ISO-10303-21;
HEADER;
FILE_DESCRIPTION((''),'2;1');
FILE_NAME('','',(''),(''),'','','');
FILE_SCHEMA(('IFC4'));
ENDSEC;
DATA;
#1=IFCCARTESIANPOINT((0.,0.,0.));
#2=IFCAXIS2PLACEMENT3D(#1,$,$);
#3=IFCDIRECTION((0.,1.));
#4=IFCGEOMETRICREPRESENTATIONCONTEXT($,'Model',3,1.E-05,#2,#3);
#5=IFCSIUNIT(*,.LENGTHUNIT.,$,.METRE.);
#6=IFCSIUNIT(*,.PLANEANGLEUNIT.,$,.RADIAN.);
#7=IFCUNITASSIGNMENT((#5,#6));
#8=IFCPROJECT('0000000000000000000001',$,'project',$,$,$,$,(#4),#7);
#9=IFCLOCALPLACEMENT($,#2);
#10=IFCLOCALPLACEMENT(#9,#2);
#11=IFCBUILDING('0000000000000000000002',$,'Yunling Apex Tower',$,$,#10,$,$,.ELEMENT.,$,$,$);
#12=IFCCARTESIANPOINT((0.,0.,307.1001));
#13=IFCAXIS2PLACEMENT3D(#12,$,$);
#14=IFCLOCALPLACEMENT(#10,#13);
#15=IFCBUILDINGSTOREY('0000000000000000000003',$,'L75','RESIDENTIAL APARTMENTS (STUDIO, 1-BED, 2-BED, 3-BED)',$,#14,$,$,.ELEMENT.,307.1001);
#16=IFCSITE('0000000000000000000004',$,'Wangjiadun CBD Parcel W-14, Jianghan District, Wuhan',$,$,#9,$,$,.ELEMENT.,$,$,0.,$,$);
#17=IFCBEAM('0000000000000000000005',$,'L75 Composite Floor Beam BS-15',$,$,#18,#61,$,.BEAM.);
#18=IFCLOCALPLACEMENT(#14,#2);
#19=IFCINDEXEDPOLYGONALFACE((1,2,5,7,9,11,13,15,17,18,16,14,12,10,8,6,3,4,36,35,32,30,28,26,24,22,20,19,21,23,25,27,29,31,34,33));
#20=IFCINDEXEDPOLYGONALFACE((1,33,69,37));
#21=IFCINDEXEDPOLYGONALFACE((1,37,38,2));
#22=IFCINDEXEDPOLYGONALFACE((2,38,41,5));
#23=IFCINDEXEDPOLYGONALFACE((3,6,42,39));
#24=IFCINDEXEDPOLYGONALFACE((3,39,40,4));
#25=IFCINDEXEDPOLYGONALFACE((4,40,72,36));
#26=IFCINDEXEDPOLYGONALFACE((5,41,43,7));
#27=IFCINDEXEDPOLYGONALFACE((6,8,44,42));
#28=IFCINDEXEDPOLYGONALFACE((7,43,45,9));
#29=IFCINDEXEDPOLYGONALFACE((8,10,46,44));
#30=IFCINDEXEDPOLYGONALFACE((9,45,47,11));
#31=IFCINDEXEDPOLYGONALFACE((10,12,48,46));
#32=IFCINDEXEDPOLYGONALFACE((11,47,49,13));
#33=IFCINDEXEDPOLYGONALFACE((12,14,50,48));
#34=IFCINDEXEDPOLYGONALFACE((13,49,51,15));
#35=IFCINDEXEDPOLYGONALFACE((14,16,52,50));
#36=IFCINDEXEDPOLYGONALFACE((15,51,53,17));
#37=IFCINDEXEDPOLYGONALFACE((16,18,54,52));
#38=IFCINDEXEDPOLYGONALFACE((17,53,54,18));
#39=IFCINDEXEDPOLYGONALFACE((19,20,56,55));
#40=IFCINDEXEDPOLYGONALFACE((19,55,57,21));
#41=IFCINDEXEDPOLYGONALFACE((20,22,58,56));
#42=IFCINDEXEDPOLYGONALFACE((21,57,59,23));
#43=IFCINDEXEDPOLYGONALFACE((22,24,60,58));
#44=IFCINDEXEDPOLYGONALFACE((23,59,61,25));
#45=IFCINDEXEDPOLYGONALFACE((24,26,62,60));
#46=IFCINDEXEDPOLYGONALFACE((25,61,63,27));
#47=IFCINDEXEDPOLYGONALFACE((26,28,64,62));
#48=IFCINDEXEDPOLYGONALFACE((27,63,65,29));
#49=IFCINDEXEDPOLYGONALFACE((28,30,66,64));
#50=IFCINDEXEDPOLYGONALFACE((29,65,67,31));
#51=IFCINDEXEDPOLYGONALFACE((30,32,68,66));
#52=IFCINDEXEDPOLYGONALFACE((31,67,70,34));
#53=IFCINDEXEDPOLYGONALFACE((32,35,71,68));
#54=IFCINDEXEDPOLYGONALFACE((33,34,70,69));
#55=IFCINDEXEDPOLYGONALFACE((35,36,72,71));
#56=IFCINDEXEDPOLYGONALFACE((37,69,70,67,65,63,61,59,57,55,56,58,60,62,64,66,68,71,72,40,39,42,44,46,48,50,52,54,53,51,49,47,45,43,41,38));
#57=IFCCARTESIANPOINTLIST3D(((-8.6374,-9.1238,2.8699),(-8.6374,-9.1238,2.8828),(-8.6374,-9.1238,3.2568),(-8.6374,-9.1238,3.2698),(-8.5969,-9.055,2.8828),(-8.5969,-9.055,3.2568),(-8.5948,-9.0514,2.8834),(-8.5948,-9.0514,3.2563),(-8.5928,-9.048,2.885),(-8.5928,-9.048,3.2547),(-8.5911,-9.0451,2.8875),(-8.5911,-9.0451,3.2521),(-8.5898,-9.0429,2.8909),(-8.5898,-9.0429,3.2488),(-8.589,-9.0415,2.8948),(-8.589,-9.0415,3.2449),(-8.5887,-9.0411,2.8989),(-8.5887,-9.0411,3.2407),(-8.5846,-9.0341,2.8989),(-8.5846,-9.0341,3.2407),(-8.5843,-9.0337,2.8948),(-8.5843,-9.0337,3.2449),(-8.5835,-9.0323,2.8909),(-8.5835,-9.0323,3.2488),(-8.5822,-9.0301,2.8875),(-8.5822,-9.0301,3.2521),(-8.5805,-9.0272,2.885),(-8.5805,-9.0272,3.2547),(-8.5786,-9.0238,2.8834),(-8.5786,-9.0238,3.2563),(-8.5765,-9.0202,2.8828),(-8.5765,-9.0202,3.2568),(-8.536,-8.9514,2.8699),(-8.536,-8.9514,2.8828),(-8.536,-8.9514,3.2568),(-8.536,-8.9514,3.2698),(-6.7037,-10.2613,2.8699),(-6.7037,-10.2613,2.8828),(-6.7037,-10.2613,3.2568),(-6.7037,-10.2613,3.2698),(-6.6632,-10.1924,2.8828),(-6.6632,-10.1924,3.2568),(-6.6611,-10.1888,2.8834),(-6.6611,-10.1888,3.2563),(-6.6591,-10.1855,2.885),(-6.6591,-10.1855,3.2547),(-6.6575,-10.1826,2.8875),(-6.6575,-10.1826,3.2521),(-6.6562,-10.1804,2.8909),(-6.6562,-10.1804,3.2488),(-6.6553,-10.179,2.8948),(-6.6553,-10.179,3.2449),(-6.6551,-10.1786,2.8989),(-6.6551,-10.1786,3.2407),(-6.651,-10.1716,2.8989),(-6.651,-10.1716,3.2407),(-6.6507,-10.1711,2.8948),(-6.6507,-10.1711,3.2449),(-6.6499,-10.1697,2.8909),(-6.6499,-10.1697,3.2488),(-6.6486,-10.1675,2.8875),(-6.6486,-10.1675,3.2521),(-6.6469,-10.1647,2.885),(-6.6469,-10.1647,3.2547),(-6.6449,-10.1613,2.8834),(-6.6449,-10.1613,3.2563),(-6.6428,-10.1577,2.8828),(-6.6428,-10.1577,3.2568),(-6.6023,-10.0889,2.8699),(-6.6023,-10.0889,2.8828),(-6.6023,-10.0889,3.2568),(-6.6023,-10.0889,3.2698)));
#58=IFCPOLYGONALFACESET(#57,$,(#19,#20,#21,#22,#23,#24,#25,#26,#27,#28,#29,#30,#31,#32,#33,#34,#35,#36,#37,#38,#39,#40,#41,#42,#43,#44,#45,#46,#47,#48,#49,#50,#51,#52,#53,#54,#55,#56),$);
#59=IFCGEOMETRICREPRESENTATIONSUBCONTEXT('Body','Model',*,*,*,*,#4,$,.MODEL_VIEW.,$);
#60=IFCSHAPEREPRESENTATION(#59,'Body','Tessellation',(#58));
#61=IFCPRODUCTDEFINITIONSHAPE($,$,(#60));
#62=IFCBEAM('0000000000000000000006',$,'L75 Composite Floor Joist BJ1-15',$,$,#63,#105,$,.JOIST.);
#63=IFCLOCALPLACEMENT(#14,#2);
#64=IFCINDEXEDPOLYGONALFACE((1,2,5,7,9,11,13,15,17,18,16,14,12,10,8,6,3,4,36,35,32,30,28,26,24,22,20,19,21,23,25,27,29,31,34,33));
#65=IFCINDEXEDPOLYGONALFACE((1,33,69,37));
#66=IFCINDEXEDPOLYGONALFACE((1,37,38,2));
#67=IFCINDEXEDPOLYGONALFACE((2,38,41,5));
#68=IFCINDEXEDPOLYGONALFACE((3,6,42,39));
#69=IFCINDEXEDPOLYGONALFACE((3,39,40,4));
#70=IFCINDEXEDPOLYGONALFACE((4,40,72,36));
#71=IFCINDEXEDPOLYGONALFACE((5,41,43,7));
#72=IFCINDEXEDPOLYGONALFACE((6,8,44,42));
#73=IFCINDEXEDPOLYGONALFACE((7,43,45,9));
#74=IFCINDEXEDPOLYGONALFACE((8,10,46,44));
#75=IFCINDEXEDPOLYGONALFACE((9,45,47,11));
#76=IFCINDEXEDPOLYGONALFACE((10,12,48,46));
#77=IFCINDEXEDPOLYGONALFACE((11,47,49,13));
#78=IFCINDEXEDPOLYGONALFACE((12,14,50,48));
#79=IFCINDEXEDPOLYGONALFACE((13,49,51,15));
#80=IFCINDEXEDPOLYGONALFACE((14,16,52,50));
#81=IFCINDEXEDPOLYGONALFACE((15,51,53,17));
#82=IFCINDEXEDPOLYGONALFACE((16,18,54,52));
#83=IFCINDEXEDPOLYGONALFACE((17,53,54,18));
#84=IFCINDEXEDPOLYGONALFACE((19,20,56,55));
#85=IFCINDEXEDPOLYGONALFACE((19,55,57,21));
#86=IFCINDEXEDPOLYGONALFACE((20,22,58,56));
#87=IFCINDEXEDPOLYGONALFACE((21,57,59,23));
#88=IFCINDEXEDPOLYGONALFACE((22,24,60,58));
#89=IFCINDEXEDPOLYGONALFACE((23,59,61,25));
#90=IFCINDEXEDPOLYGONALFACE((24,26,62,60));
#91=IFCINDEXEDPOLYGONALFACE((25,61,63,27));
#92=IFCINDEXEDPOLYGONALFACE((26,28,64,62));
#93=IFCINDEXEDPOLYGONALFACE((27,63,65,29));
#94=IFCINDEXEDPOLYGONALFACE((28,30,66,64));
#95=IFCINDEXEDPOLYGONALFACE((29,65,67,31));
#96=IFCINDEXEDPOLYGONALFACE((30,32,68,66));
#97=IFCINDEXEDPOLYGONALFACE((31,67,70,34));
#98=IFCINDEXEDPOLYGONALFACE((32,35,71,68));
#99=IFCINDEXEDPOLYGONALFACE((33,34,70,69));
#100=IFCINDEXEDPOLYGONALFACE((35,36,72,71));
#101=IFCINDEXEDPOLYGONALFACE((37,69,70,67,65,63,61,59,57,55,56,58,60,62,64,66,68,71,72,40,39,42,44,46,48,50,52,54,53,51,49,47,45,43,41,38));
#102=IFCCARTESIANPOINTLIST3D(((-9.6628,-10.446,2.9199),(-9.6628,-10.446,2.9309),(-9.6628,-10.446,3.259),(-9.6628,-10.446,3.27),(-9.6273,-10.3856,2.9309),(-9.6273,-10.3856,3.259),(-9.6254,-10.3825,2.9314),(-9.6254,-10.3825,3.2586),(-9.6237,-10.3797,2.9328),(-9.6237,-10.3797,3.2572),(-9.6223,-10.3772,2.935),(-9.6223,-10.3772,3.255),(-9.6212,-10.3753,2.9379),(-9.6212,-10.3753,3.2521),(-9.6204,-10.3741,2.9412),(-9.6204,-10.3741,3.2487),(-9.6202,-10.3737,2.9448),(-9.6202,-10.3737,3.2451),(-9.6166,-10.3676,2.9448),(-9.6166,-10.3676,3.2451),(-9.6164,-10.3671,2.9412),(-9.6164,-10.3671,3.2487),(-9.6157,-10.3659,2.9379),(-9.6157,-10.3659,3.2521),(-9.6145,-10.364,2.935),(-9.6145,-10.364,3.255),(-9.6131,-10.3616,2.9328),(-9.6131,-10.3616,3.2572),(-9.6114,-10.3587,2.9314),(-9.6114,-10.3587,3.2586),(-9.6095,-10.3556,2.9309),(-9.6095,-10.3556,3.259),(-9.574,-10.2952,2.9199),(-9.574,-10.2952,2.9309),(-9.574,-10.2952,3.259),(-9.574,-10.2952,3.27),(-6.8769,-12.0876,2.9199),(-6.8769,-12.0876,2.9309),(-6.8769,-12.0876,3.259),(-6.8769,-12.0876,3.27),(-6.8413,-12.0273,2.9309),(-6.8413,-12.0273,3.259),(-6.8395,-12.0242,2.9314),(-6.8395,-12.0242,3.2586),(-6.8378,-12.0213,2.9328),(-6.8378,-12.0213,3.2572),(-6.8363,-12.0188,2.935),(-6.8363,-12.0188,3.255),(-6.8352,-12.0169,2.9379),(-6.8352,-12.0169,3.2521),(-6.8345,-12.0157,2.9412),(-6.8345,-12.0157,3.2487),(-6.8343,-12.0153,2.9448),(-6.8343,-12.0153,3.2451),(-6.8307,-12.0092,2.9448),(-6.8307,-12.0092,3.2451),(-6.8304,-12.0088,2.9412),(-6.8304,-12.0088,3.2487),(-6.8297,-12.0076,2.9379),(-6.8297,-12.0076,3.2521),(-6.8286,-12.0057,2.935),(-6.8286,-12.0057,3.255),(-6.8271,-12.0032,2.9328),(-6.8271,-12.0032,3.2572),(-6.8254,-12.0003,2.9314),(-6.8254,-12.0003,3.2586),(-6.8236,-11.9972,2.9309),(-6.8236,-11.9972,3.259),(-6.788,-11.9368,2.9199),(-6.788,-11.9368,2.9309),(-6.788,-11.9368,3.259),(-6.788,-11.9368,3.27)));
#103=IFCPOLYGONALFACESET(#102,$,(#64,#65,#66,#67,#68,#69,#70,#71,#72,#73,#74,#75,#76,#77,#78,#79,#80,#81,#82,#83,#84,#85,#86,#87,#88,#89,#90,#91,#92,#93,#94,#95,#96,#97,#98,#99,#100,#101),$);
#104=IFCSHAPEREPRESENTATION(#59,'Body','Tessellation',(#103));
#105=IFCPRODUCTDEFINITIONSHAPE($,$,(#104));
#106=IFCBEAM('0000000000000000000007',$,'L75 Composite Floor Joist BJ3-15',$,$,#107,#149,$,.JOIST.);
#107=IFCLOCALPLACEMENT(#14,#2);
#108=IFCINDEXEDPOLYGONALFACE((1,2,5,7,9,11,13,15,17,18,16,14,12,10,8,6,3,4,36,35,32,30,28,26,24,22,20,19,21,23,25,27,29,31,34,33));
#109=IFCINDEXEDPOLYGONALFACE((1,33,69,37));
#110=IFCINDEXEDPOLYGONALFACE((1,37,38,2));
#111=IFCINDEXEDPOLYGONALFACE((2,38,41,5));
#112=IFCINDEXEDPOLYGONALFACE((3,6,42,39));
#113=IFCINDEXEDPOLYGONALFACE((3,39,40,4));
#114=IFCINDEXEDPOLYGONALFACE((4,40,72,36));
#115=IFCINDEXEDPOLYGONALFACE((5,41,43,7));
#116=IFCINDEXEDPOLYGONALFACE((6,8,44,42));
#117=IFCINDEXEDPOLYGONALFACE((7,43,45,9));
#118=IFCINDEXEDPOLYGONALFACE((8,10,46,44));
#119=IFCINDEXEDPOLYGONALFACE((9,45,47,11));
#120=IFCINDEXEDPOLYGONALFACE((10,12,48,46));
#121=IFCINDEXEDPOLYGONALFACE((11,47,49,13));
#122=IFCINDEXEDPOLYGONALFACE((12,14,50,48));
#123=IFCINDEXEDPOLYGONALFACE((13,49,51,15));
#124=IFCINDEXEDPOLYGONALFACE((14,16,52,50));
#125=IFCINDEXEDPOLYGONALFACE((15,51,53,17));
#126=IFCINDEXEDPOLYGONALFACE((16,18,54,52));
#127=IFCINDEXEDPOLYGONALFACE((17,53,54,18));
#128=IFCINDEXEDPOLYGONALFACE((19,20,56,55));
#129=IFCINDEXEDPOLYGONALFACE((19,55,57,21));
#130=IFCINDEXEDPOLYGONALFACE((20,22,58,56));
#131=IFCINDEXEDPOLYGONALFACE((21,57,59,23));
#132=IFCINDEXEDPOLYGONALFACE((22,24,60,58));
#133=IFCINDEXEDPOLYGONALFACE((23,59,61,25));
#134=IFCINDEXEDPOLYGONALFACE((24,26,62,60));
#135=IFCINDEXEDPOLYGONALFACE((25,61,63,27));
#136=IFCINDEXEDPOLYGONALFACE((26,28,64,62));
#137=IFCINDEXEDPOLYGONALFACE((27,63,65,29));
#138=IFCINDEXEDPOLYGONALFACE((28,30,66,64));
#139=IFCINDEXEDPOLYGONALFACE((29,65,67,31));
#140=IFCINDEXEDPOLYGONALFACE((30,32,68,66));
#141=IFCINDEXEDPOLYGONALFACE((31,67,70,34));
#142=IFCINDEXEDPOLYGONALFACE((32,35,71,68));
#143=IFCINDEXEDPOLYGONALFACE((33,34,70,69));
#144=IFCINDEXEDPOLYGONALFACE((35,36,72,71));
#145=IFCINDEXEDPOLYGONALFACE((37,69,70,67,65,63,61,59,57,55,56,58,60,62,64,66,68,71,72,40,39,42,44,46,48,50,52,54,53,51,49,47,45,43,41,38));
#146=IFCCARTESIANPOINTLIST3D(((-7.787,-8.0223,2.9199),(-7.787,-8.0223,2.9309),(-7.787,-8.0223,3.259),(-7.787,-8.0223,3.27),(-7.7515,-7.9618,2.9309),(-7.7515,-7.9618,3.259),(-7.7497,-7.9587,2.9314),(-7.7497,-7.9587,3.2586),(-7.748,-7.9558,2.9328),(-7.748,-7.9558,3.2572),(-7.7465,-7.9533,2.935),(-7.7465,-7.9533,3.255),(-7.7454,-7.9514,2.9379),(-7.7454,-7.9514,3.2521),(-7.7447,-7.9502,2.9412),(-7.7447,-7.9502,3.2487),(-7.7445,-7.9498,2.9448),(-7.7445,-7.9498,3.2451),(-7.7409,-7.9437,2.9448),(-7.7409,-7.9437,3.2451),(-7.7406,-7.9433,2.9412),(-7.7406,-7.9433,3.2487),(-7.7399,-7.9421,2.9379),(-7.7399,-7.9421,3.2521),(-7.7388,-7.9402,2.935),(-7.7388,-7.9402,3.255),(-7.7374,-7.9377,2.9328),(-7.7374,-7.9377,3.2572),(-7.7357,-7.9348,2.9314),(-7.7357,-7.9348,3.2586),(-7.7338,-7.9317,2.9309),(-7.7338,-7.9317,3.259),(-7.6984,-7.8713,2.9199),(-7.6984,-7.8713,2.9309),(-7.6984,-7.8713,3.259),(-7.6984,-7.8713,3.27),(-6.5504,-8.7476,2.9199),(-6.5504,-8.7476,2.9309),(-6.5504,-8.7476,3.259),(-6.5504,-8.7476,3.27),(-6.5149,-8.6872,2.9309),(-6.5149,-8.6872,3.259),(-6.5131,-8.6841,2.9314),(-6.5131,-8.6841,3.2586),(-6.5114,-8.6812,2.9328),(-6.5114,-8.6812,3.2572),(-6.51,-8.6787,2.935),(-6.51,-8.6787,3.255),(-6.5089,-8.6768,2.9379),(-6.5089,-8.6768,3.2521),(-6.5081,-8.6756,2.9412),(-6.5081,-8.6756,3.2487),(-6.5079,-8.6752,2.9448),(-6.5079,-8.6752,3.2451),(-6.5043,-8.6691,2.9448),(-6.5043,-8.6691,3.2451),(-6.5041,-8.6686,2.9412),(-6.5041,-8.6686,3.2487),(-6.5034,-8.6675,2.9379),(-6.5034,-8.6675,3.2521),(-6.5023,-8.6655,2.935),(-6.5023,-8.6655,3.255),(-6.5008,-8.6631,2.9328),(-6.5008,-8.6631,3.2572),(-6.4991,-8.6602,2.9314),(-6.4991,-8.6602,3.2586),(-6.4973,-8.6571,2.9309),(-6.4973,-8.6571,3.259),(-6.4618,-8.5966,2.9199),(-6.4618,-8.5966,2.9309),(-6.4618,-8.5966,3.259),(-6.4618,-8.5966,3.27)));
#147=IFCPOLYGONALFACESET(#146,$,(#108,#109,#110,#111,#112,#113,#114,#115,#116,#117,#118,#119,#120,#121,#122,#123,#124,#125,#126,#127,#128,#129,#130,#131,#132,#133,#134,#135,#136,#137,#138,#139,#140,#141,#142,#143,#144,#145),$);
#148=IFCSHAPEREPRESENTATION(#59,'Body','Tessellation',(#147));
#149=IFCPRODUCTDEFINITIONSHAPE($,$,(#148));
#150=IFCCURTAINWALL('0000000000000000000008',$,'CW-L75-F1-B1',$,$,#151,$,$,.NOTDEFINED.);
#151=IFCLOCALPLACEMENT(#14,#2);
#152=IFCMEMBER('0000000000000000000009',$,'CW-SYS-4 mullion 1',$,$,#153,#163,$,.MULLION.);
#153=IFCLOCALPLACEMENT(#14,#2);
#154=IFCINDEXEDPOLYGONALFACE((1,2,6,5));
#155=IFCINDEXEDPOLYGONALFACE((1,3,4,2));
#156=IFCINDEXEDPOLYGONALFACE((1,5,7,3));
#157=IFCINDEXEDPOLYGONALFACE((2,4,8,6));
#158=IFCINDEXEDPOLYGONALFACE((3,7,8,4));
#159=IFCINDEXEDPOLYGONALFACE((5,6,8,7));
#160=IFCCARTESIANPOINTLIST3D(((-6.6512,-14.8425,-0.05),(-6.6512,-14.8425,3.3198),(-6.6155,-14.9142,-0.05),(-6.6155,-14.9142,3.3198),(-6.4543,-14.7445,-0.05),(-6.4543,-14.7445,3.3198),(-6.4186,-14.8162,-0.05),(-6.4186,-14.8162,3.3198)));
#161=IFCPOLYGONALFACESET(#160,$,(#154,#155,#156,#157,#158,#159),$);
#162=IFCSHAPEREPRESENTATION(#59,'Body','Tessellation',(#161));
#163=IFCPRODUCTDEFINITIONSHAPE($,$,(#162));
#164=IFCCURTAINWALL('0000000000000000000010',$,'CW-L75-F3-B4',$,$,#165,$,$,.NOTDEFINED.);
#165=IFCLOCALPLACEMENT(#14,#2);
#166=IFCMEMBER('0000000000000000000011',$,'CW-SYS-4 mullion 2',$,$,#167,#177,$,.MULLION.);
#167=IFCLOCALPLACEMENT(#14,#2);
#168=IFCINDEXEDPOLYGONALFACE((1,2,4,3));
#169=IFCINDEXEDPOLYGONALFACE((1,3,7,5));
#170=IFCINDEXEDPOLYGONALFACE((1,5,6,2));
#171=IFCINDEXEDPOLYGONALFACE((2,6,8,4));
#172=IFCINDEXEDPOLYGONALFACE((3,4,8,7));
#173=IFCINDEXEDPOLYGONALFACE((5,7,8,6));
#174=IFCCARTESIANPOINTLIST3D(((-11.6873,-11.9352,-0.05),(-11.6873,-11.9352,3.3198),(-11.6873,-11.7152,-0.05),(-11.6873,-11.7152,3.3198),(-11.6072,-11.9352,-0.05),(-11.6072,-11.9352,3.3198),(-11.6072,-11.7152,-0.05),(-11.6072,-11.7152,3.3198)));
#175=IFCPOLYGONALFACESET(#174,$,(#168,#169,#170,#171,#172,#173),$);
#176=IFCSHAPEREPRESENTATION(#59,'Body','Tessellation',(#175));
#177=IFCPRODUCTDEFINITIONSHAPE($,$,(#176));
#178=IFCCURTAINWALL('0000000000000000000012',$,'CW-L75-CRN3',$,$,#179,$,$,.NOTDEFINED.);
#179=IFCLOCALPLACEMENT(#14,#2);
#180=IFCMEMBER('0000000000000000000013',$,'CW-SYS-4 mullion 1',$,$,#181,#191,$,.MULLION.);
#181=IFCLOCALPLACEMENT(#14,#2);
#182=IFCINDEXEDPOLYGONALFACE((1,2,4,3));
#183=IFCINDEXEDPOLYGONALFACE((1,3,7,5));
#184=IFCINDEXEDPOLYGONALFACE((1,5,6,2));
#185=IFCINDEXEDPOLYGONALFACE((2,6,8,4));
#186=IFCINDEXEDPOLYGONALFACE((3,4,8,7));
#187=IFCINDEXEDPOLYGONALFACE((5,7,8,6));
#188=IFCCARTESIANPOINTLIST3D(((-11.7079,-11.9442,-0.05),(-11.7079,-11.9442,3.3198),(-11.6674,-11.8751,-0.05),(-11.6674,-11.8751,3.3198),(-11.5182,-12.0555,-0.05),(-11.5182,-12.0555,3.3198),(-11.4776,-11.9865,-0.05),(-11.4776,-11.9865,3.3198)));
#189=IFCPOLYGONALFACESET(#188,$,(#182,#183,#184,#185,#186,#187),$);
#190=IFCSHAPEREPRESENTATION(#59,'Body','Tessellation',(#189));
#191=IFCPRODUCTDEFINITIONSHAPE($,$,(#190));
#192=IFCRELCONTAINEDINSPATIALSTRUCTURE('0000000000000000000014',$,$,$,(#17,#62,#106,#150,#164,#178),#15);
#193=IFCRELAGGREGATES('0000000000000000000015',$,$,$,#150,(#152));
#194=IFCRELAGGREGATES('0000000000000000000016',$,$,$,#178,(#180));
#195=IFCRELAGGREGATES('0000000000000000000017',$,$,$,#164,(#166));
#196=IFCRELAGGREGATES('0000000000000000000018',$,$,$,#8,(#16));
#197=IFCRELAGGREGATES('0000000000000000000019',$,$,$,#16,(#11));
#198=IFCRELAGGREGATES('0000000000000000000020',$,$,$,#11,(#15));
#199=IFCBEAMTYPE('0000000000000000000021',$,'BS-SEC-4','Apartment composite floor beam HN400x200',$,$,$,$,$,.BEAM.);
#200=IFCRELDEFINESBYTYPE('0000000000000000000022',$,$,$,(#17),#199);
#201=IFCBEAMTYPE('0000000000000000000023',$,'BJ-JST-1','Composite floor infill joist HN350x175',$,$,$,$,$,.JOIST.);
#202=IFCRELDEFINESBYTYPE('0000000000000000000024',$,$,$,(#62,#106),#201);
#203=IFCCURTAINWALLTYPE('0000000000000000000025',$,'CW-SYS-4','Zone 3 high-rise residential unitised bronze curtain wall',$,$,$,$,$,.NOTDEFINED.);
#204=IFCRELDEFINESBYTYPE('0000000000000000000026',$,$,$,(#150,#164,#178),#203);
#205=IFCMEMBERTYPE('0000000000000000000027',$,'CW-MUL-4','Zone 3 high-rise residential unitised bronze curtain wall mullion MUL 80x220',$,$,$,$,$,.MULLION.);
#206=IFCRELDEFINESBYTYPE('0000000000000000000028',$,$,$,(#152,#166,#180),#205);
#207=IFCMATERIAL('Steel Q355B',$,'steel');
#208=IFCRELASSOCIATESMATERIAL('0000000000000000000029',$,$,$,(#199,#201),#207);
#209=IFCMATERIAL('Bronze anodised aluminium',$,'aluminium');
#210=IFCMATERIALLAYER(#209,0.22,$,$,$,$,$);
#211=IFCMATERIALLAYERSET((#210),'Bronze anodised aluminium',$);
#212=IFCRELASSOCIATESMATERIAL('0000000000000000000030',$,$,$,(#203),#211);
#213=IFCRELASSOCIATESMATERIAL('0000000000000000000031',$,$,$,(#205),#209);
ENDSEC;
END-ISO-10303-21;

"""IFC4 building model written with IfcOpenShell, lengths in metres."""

from ifc_helpers import new_model, si_unit, direction, frame, origin, origin_2d, place, context, subcontext, project, spatial, rectangle, i_section, extrude, source, transform, mapped, material, layer, layer_set, material_profile, profile_set, type_object, element, aggregate, save


model = new_model("IFC4")

# Units and contexts
model_context = context("Model", 3, precision=1e-05, world=origin(), true_north=direction((0.0, 1.0)))
body_context = subcontext(model_context, "Body", "Model", "MODEL_VIEW")
ifc_project = project(units=[si_unit("LENGTHUNIT", "METRE"), si_unit("PLANEANGLEUNIT", "RADIAN")], contexts=[model_context])

# Site, building, storey
site_placement = place(None, origin())
site = spatial("IfcSite", under=ifc_project, at=site_placement, Name="Wangjiadun CBD Parcel W-14, Jianghan District, Wuhan", CompositionType="ELEMENT", RefElevation=0.0)
building_placement = place(site_placement, origin())
building = spatial("IfcBuilding", under=site, at=building_placement, Name="Yunling Apex Tower", CompositionType="ELEMENT")
storey_placement = place(building_placement, frame((0.0, 0.0, 307.1001)))
storey = spatial("IfcBuildingStorey", under=building, at=storey_placement, Name="L75", Description="RESIDENTIAL APARTMENTS (STUDIO, 1-BED, 2-BED, 3-BED)", CompositionType="ELEMENT", Elevation=307.1001)

# Shared definitions
ifc_material_1 = material(Name="Steel Q355B", Category="steel")

# Beams
ifc_material_profile_1 = material_profile(ifc_material_1, i_section(OverallWidth=0.2, OverallDepth=0.3999, WebThickness=0.0081, FlangeThickness=0.0129, FilletRadius=0.0161, at=origin_2d()))
ifc_profile_set_1 = profile_set([ifc_material_profile_1], Name="Steel Q355B")
beam_type_1 = type_object("IfcBeamType", Name="BS-SEC-4", Description="Apartment composite floor beam HN400x200", PredefinedType="BEAM", material=ifc_profile_set_1)
ifc_material_profile_2 = material_profile(ifc_material_1, i_section(OverallWidth=0.175, OverallDepth=0.3501, WebThickness=0.0071, FlangeThickness=0.011, FilletRadius=0.0139, at=origin_2d()))
ifc_profile_set_2 = profile_set([ifc_material_profile_2], Name="Steel Q355B")
beam_type_2 = type_object("IfcBeamType", Name="BJ-JST-1", Description="Composite floor infill joist HN350x175", PredefinedType="JOIST", material=ifc_profile_set_2)
shared_shape_1 = source(origin(), body_context, "Body", "SweptSolid", [
    extrude(i_section(OverallWidth=0.2, OverallDepth=0.3999, WebThickness=0.0081, FlangeThickness=0.0129, FilletRadius=0.0161, at=origin_2d()), origin(), (0.0, 0.0, 1.0), 2.2434),
])
beam_1_placement = place(storey_placement, frame((-8.5867, -9.0376, 3.0698), z_axis=(0.861926, -0.507034, 0.0), x_axis=(0.507034, 0.861926, 0.0)))
element("IfcBeam", 1, at=beam_1_placement, inside=storey, type_object=beam_type_1, Name="L75 Composite Floor Beam BS-15", PredefinedType="BEAM", context=body_context, shape_type="MappedRepresentation", body=[
    mapped(shared_shape_1, transform((0.0, 0.0, 0.0), scale=1.0)),
])
shared_shape_2 = source(origin(), body_context, "Body", "SweptSolid", [
    extrude(i_section(OverallWidth=0.175, OverallDepth=0.3501, WebThickness=0.0071, FlangeThickness=0.011, FilletRadius=0.0139, at=origin_2d()), origin(), (0.0, 0.0, 1.0), 3.2336),
])
beam_2_placement = place(storey_placement, frame((-9.6184, -10.3706, 3.095), z_axis=(0.86155, -0.507673, 0.0), x_axis=(0.507673, 0.86155, 0.0)))
element("IfcBeam", 2, at=beam_2_placement, inside=storey, type_object=beam_type_2, Name="L75 Composite Floor Joist BJ1-15", PredefinedType="JOIST", context=body_context, shape_type="MappedRepresentation", body=[
    mapped(shared_shape_2, transform((0.0, 0.0, 0.0), scale=1.0)),
])
shared_shape_3 = source(origin(), body_context, "Body", "SweptSolid", [
    extrude(i_section(OverallWidth=0.175, OverallDepth=0.3501, WebThickness=0.0071, FlangeThickness=0.011, FilletRadius=0.0139, at=origin_2d()), origin(), (0.0, 0.0, 1.0), 1.4336),
])
beam_3_placement = place(storey_placement, frame((-7.7427, -7.9468, 3.095), z_axis=(0.86256, -0.505955, 0.0), x_axis=(0.505955, 0.86256, 0.0)))
element("IfcBeam", 3, at=beam_3_placement, inside=storey, type_object=beam_type_2, Name="L75 Composite Floor Joist BJ3-15", PredefinedType="JOIST", context=body_context, shape_type="MappedRepresentation", body=[
    mapped(shared_shape_3, transform((0.0, 0.0, 0.0), scale=1.0)),
])

# Curtain walls, members
ifc_material_2 = material(Name="Bronze anodised aluminium", Category="aluminium")
ifc_layer_1 = layer(ifc_material_2, 0.22)
ifc_layer_set_1 = layer_set([ifc_layer_1], Name="Bronze anodised aluminium")
curtain_wall_type = type_object("IfcCurtainWallType", Name="CW-SYS-4", Description="Zone 3 high-rise residential unitised bronze curtain wall", PredefinedType="NOTDEFINED", material=ifc_layer_set_1)
curtain_wall_1_placement = place(storey_placement, origin())
curtain_wall_1 = element("IfcCurtainWall", 4, at=curtain_wall_1_placement, inside=storey, type_object=curtain_wall_type, Name="CW-L75-F1-B1", PredefinedType="NOTDEFINED")
ifc_material_profile_3 = material_profile(ifc_material_2, rectangle(XDim=0.0801, YDim=0.22, at=origin_2d()))
ifc_profile_set_3 = profile_set([ifc_material_profile_3], Name="Bronze anodised aluminium")
member_type_1 = type_object("IfcMemberType", Name="CW-MUL-4", Description="Zone 3 high-rise residential unitised bronze curtain wall mullion MUL 80x220", PredefinedType="MULLION", material=ifc_profile_set_3)
shared_shape_4 = source(origin(), body_context, "Body", "SweptSolid", [
    extrude(rectangle(XDim=0.0801, YDim=0.22, at=origin_2d()), origin(), (0.0, 0.0, 1.0), 3.3699),
])
member_1_placement = place(storey_placement, frame((-6.5349, -14.8293, -0.05), z_axis=(0.0, 0.0, 1.0), x_axis=(-0.445568, 0.895248, 0.0)))
member_1 = element("IfcMember", 5, at=member_1_placement, type_object=member_type_1, Name="CW-SYS-4 mullion 1", PredefinedType="MULLION", context=body_context, shape_type="MappedRepresentation", body=[
    mapped(shared_shape_4, transform((0.0, 0.0, 0.0), scale=1.0)),
])
curtain_wall_2_placement = place(storey_placement, origin())
curtain_wall_2 = element("IfcCurtainWall", 6, at=curtain_wall_2_placement, inside=storey, type_object=curtain_wall_type, Name="CW-L75-F3-B4", PredefinedType="NOTDEFINED")
member_2_placement = place(storey_placement, frame((-11.6472, -11.8252, -0.05), z_axis=(0.0, 0.0, 1.0), x_axis=(1.0, 0.0, 0.0)))
member_2 = element("IfcMember", 7, at=member_2_placement, type_object=member_type_1, Name="CW-SYS-4 mullion 2", PredefinedType="MULLION", context=body_context, shape_type="MappedRepresentation", body=[
    mapped(shared_shape_4, transform((0.0, 0.0, 0.0), scale=1.0)),
])

# Curtain wall, member
curtain_wall_3_placement = place(storey_placement, origin())
curtain_wall_3 = element("IfcCurtainWall", 8, at=curtain_wall_3_placement, inside=storey, type_object=curtain_wall_type, Name="CW-L75-CRN3", PredefinedType="NOTDEFINED")
member_3_placement = place(storey_placement, frame((-11.5928, -11.9653, -0.05), z_axis=(0.0, 0.0, 1.0), x_axis=(0.50607, 0.862492, 0.0)))
member_3 = element("IfcMember", 9, at=member_3_placement, type_object=member_type_1, Name="CW-SYS-4 mullion 1", PredefinedType="MULLION", context=body_context, shape_type="MappedRepresentation", body=[
    mapped(shared_shape_4, transform((0.0, 0.0, 0.0), scale=1.0)),
])

aggregate(curtain_wall_1, [member_1])
aggregate(curtain_wall_3, [member_3])
aggregate(curtain_wall_2, [member_2])

save(model, "model.ifc")
